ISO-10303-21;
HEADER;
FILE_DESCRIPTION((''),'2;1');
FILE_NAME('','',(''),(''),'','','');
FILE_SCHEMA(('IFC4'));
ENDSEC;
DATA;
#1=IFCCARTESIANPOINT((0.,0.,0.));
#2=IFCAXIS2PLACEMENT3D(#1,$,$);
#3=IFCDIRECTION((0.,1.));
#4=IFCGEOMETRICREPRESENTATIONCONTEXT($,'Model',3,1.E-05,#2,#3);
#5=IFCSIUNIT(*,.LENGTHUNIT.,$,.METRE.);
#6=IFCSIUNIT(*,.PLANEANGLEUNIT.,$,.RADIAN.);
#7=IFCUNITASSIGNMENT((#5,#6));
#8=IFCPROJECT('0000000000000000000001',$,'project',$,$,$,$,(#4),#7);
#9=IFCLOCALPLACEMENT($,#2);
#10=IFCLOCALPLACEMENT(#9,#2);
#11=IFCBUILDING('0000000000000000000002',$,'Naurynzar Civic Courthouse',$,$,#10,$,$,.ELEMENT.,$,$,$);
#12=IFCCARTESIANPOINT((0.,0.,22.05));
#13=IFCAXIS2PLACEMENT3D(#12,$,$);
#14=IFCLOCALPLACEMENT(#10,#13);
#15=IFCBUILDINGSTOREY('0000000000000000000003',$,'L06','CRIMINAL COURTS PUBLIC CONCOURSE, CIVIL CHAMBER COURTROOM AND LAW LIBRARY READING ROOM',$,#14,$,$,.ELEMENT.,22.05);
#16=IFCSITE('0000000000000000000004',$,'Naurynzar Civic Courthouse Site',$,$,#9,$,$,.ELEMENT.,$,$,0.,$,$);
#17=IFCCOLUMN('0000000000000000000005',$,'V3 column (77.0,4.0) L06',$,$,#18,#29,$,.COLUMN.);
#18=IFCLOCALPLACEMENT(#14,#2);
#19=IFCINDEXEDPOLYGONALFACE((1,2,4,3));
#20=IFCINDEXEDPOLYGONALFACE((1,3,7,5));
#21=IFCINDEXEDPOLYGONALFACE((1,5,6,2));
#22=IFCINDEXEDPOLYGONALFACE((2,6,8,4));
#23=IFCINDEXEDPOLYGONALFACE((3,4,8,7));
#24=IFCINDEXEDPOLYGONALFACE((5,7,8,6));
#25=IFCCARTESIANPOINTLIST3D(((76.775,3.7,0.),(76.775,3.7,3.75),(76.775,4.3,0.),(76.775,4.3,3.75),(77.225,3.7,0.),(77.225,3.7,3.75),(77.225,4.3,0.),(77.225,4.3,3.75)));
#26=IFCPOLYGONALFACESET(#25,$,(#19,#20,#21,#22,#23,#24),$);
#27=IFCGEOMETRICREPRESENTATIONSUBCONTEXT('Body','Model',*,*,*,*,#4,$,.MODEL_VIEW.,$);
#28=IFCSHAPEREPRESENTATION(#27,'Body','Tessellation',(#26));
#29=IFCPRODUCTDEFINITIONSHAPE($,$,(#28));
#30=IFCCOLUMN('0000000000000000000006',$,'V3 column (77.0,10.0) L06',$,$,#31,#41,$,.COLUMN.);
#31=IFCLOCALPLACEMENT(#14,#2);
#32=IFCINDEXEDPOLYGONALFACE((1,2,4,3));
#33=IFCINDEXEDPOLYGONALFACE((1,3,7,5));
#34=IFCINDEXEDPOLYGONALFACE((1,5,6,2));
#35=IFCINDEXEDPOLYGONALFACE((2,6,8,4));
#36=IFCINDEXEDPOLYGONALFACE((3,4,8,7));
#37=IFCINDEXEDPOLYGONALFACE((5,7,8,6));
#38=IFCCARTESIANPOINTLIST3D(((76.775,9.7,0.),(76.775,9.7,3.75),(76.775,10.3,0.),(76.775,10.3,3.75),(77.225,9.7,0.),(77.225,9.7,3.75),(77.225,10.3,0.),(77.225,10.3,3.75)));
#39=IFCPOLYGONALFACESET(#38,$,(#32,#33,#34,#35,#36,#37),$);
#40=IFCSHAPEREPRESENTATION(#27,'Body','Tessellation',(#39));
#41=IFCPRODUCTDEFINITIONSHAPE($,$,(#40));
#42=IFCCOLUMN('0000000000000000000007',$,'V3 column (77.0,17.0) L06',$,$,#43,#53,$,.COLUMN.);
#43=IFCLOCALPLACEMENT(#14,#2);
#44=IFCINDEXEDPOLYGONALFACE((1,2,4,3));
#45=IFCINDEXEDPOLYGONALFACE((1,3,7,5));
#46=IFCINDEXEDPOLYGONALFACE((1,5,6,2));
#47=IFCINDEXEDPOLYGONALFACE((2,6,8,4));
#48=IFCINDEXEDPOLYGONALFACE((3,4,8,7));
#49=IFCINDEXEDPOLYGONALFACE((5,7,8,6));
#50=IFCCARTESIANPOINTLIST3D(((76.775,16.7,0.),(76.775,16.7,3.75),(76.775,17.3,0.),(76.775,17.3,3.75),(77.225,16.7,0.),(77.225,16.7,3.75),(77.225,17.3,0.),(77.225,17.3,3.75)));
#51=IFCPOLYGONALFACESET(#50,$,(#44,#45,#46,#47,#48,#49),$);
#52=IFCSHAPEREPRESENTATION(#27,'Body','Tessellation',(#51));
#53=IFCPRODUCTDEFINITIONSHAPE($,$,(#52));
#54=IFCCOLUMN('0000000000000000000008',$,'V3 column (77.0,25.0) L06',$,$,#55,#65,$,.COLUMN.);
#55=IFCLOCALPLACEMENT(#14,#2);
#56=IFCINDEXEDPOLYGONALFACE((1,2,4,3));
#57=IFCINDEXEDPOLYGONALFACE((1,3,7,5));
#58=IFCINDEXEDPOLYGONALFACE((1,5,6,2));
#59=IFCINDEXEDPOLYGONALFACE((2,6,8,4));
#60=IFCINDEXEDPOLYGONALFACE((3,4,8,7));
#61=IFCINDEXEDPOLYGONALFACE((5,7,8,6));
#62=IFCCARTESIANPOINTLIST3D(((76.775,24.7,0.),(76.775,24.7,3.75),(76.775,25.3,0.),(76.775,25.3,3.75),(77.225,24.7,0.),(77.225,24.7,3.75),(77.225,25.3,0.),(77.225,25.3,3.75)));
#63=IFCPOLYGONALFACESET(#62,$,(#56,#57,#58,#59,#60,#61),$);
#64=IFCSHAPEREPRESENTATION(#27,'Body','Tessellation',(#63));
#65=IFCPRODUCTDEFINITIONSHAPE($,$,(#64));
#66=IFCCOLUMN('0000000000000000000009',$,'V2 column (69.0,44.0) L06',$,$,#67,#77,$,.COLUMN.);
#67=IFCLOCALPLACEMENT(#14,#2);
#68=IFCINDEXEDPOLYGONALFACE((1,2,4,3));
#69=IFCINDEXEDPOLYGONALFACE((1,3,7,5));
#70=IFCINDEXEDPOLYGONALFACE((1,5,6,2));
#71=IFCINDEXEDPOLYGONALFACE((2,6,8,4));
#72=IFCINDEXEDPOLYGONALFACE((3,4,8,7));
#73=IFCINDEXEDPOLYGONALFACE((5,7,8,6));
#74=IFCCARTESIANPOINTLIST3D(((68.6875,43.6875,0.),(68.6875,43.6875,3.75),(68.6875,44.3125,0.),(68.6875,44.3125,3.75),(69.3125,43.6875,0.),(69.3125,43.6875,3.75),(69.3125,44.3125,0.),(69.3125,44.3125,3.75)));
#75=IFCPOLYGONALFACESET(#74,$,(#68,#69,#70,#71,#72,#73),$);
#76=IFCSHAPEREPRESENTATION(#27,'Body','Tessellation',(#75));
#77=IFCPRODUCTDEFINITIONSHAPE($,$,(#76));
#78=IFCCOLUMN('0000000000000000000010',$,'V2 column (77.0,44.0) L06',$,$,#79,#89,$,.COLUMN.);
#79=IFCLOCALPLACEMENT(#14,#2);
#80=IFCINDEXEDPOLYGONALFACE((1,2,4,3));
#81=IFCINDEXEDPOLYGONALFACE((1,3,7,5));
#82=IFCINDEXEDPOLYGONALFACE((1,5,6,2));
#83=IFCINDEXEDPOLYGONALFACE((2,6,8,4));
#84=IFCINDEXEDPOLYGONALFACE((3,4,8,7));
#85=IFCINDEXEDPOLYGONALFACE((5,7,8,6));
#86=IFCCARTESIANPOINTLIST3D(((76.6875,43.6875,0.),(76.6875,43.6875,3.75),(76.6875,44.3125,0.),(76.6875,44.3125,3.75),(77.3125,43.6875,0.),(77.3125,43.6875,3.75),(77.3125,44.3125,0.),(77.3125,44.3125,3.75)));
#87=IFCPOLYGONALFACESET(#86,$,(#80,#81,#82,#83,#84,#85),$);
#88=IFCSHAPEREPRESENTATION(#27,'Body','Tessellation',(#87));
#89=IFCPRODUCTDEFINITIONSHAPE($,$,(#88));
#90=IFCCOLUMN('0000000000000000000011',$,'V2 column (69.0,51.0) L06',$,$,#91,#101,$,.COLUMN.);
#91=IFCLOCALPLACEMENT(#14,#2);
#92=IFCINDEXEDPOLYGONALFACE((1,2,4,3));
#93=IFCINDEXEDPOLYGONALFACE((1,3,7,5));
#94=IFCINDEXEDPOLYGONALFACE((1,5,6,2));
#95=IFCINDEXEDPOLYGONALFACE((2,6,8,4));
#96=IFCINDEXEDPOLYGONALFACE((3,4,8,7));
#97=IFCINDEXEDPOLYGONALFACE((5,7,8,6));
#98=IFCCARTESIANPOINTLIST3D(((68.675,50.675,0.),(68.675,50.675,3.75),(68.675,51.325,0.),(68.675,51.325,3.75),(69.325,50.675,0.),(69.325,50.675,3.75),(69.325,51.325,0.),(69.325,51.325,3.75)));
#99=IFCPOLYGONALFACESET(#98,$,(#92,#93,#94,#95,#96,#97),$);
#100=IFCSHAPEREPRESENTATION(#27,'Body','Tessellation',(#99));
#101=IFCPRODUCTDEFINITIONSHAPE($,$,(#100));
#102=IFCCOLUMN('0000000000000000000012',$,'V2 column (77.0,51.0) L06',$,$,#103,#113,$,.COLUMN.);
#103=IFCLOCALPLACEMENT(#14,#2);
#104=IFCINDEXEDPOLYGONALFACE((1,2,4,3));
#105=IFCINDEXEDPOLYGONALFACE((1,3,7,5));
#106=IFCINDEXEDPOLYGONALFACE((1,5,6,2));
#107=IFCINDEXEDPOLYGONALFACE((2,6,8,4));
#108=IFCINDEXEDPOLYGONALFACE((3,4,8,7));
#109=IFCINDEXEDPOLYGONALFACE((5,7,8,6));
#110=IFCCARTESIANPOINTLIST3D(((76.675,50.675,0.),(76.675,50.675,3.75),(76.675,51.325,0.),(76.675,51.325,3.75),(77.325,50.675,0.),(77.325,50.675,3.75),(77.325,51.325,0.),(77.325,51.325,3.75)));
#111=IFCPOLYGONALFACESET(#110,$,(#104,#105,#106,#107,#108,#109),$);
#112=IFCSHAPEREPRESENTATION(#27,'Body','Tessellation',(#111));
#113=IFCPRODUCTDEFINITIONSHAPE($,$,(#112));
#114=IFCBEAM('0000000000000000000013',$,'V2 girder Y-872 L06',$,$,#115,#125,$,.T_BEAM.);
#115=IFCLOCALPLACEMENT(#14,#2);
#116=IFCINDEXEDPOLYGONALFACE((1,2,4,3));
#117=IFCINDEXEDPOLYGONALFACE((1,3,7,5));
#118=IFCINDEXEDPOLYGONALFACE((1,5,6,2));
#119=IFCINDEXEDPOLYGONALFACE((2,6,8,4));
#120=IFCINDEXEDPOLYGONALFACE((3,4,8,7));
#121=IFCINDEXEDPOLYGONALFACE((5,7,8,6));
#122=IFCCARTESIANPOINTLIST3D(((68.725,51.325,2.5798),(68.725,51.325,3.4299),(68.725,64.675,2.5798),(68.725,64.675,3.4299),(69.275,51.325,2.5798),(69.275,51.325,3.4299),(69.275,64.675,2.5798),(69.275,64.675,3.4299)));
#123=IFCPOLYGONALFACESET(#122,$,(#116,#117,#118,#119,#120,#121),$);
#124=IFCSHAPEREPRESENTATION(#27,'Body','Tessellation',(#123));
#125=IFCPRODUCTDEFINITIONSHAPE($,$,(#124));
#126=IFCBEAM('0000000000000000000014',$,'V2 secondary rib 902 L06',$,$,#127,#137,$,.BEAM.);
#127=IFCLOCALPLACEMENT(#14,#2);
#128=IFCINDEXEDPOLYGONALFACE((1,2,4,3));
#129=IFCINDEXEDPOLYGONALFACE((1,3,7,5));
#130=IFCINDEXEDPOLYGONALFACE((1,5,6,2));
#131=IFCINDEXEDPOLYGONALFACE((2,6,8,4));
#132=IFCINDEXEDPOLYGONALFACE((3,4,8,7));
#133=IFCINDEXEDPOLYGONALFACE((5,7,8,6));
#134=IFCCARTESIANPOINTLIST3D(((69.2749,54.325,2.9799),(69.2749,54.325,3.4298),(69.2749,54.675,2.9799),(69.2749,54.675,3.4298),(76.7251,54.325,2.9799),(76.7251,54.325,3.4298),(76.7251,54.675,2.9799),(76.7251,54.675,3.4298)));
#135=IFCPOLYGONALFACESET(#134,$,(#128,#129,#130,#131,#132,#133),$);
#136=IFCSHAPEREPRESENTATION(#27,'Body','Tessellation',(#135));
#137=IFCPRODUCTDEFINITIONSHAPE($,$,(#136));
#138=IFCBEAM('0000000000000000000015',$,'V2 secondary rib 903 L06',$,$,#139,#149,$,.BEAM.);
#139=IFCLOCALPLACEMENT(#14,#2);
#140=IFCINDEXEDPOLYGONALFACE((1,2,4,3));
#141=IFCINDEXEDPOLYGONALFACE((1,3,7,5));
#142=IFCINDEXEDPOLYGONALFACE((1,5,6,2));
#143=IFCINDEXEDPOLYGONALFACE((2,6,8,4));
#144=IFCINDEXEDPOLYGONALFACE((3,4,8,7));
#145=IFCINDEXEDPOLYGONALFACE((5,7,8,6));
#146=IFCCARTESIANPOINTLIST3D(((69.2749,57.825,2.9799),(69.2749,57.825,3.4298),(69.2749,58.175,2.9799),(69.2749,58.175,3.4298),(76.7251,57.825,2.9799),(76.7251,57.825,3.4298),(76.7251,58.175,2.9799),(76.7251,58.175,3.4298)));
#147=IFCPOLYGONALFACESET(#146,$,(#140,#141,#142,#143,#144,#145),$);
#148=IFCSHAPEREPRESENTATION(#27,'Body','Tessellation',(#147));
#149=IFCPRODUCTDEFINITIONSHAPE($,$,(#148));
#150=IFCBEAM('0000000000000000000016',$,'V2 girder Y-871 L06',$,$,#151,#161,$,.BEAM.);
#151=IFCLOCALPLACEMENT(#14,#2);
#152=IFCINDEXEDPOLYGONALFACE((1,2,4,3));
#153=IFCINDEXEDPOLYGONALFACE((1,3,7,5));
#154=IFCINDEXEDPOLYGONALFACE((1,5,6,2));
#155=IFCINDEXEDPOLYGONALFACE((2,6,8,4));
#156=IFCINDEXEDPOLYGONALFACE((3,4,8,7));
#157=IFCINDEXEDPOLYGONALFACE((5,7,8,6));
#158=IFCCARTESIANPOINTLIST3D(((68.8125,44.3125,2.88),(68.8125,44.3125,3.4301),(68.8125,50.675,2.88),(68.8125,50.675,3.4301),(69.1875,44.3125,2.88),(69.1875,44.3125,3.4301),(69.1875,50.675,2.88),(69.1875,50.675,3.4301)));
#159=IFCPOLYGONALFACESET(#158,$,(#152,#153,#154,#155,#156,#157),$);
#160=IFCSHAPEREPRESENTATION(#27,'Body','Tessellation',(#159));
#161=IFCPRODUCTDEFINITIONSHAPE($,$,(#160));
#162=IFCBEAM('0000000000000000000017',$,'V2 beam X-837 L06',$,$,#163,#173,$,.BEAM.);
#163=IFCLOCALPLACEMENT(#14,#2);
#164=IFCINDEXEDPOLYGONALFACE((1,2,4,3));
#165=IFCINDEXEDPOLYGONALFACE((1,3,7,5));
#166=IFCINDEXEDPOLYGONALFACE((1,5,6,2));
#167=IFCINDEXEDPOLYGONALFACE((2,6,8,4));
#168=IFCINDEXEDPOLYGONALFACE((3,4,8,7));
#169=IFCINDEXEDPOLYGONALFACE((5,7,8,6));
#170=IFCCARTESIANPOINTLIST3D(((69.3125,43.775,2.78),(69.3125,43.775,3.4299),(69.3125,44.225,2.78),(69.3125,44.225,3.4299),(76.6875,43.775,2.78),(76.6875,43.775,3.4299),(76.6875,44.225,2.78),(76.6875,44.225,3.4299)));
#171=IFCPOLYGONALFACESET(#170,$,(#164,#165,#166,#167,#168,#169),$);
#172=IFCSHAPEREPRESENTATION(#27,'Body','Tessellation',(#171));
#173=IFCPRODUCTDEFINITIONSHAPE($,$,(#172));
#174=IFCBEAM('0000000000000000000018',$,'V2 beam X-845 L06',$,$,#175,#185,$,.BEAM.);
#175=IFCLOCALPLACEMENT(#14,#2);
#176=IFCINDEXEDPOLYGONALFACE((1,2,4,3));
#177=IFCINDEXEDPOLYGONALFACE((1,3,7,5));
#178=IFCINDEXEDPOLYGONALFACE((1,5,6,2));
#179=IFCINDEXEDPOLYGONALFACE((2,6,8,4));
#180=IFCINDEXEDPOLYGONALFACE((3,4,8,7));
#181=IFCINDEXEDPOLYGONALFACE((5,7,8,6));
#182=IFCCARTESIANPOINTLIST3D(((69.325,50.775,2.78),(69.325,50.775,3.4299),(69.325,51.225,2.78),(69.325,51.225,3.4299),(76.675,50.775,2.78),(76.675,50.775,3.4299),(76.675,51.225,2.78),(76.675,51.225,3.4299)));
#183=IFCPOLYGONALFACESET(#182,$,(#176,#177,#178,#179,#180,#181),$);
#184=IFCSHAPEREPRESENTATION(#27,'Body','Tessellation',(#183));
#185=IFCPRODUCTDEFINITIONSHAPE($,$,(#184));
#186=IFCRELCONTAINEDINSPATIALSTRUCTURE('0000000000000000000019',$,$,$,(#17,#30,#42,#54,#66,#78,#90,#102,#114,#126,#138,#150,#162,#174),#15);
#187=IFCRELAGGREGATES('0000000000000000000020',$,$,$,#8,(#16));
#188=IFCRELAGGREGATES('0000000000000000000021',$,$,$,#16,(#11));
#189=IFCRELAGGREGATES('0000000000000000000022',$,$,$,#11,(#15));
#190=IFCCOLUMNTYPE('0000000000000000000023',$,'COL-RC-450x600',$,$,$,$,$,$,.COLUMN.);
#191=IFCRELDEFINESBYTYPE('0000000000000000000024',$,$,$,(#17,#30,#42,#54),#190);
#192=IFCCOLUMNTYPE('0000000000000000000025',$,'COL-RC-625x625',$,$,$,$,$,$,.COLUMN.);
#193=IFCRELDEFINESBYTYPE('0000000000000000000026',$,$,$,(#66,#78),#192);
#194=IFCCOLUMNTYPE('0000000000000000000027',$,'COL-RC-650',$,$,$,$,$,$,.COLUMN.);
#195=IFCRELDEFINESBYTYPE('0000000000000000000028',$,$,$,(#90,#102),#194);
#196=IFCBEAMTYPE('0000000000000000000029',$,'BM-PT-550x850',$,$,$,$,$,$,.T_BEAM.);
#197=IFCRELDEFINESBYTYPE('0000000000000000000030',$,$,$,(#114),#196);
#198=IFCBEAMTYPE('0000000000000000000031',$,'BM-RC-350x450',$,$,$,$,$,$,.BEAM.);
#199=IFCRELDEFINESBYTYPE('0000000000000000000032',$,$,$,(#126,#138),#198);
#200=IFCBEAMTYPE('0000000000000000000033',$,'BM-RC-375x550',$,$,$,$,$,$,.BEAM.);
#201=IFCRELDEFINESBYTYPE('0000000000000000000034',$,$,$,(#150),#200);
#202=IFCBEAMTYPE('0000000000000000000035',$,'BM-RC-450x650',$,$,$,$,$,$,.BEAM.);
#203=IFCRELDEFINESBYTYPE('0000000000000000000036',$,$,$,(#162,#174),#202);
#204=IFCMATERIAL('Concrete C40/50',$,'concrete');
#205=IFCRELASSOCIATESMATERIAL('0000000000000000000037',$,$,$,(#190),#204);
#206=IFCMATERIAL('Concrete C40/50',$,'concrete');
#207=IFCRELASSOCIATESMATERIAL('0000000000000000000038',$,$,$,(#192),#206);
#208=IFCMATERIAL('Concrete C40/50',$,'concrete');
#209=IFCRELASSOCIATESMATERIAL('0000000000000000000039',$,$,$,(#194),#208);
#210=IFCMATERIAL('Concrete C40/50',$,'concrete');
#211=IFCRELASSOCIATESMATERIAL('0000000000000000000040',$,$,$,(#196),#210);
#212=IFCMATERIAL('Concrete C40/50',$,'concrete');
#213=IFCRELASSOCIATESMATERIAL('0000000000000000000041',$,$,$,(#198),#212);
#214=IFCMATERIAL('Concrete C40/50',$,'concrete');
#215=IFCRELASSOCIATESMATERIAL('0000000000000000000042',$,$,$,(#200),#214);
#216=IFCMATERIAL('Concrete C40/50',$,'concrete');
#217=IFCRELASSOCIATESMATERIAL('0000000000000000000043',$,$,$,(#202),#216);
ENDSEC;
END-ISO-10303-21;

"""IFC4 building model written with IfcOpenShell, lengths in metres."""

from ifc_helpers import new_model, si_unit, direction, frame, origin, origin_2d, place, context, subcontext, project, spatial, rectangle, extrude, material, material_profile, profile_set, type_object, element, save


model = new_model("IFC4")

# Units and contexts
model_context = context("Model", 3, precision=1e-05, world=origin(), true_north=direction((0.0, 1.0)))
body_context = subcontext(model_context, "Body", "Model", "MODEL_VIEW")
ifc_project = project(units=[si_unit("LENGTHUNIT", "METRE"), si_unit("PLANEANGLEUNIT", "RADIAN")], contexts=[model_context])

# Site, building, storey
site_placement = place(None, origin())
site = spatial("IfcSite", under=ifc_project, at=site_placement, Name="Naurynzar Civic Courthouse Site", CompositionType="ELEMENT", RefElevation=0.0)
building_placement = place(site_placement, origin())
building = spatial("IfcBuilding", under=site, at=building_placement, Name="Naurynzar Civic Courthouse", CompositionType="ELEMENT")
storey_placement = place(building_placement, frame((0.0, 0.0, 22.05)))
storey = spatial("IfcBuildingStorey", under=building, at=storey_placement, Name="L06", Description="CRIMINAL COURTS PUBLIC CONCOURSE, CIVIL CHAMBER COURTROOM AND LAW LIBRARY READING ROOM", CompositionType="ELEMENT", Elevation=22.05)

# Columns
ifc_material_1 = material(Name="Concrete C40/50", Category="concrete")
ifc_material_profile_1 = material_profile(ifc_material_1, rectangle(XDim=0.45, YDim=0.6001, at=origin_2d()), Name="RC 450x600")
ifc_profile_set_1 = profile_set([ifc_material_profile_1], Name="Concrete C40/50")
column_type_1 = type_object("IfcColumnType", Name="COL-RC-450x600", PredefinedType="COLUMN", material=ifc_profile_set_1)
for number, where, z_axis, x_axis, name in (
    (1, (77.0, 4.0, 0.0), (0.0, 0.0, 1.0), (1.0, 0.0, 0.0), "V3 column (77.0,4.0) L06"),
    (2, (77.0, 10.0, 0.0), (0.0, 0.0, 1.0), (1.0, 0.0, 0.0), "V3 column (77.0,10.0) L06"),
    (3, (77.0, 17.0, 0.0), (0.0, 0.0, 1.0), (1.0, 0.0, 0.0), "V3 column (77.0,17.0) L06"),
    (4, (77.0, 25.0, 0.0), (0.0, 0.0, 1.0), (1.0, 0.0, 0.0), "V3 column (77.0,25.0) L06"),
):
    element("IfcColumn", number, at=place(storey_placement, frame(where, z_axis=z_axis, x_axis=x_axis)), inside=storey, type_object=column_type_1, Name=name, PredefinedType="COLUMN", context=body_context, shape_type="SweptSolid", body=[
        extrude(rectangle(XDim=0.45, YDim=0.6001, at=origin_2d()), origin(), (0.0, 0.0, 1.0), 3.75),
    ])
ifc_material_2 = material(Name="Concrete C40/50", Category="concrete")
ifc_material_profile_2 = material_profile(ifc_material_2, rectangle(XDim=0.625, YDim=0.625, at=origin_2d()), Name="RC 625x625")
ifc_profile_set_2 = profile_set([ifc_material_profile_2], Name="Concrete C40/50")
column_type_2 = type_object("IfcColumnType", Name="COL-RC-625x625", PredefinedType="COLUMN", material=ifc_profile_set_2)
for number, where, z_axis, x_axis, name in (
    (5, (69.0, 44.0, 0.0), (0.0, 0.0, 1.0), (1.0, 0.0, 0.0), "V2 column (69.0,44.0) L06"),
    (6, (77.0, 44.0, 0.0), (0.0, 0.0, 1.0), (1.0, 0.0, 0.0), "V2 column (77.0,44.0) L06"),
):
    element("IfcColumn", number, at=place(storey_placement, frame(where, z_axis=z_axis, x_axis=x_axis)), inside=storey, type_object=column_type_2, Name=name, PredefinedType="COLUMN", context=body_context, shape_type="SweptSolid", body=[
        extrude(rectangle(XDim=0.625, YDim=0.625, at=origin_2d()), origin(), (0.0, 0.0, 1.0), 3.75),
    ])
ifc_material_3 = material(Name="Concrete C40/50", Category="concrete")
ifc_material_profile_3 = material_profile(ifc_material_3, rectangle(XDim=0.6499, YDim=0.6499, at=origin_2d()), Name="RC 650x650")
ifc_profile_set_3 = profile_set([ifc_material_profile_3], Name="Concrete C40/50")
column_type_3 = type_object("IfcColumnType", Name="COL-RC-650", PredefinedType="COLUMN", material=ifc_profile_set_3)
for number, where, z_axis, x_axis, name in (
    (7, (69.0, 51.0, 0.0), (0.0, 0.0, 1.0), (1.0, 0.0, 0.0), "V2 column (69.0,51.0) L06"),
    (8, (77.0, 51.0, 0.0), (0.0, 0.0, 1.0), (1.0, 0.0, 0.0), "V2 column (77.0,51.0) L06"),
):
    element("IfcColumn", number, at=place(storey_placement, frame(where, z_axis=z_axis, x_axis=x_axis)), inside=storey, type_object=column_type_3, Name=name, PredefinedType="COLUMN", context=body_context, shape_type="SweptSolid", body=[
        extrude(rectangle(XDim=0.6499, YDim=0.6499, at=origin_2d()), origin(), (0.0, 0.0, 1.0), 3.75),
    ])

# Beams
ifc_material_4 = material(Name="Concrete C40/50", Category="concrete")
ifc_material_profile_4 = material_profile(ifc_material_4, rectangle(XDim=0.55, YDim=0.8501, at=origin_2d()), Name="PTB 550x850")
ifc_profile_set_4 = profile_set([ifc_material_profile_4], Name="Concrete C40/50")
beam_type_1 = type_object("IfcBeamType", Name="BM-PT-550x850", PredefinedType="T_BEAM", material=ifc_profile_set_4)
beam_1_placement = place(storey_placement, frame((69.0, 51.325, 3.0049), z_axis=(0.0, 1.0, 0.0), x_axis=(-1.0, 0.0, 0.0)))
element("IfcBeam", 9, at=beam_1_placement, inside=storey, type_object=beam_type_1, Name="V2 girder Y-872 L06", PredefinedType="T_BEAM", context=body_context, shape_type="SweptSolid", body=[
    extrude(rectangle(XDim=0.55, YDim=0.8501, at=origin_2d()), origin(), (0.0, 0.0, 1.0), 13.3501),
])
ifc_material_5 = material(Name="Concrete C40/50", Category="concrete")
ifc_material_profile_5 = material_profile(ifc_material_5, rectangle(XDim=0.3501, YDim=0.45, at=origin_2d()), Name="RCB 350x450")
ifc_profile_set_5 = profile_set([ifc_material_profile_5], Name="Concrete C40/50")
beam_type_2 = type_object("IfcBeamType", Name="BM-RC-350x450", PredefinedType="BEAM", material=ifc_profile_set_5)
for number, where, z_axis, x_axis, name in (
    (10, (69.2749, 54.5, 3.2048), (1.0, 0.0, 0.0), (0.0, 1.0, 0.0), "V2 secondary rib 902 L06"),
    (11, (69.2749, 58.0, 3.2048), (1.0, 0.0, 0.0), (0.0, 1.0, 0.0), "V2 secondary rib 903 L06"),
):
    element("IfcBeam", number, at=place(storey_placement, frame(where, z_axis=z_axis, x_axis=x_axis)), inside=storey, type_object=beam_type_2, Name=name, PredefinedType="BEAM", context=body_context, shape_type="SweptSolid", body=[
        extrude(rectangle(XDim=0.3501, YDim=0.45, at=origin_2d()), origin(), (0.0, 0.0, 1.0), 7.4502),
    ])
ifc_material_6 = material(Name="Concrete C40/50", Category="concrete")
ifc_material_profile_6 = material_profile(ifc_material_6, rectangle(XDim=0.375, YDim=0.55, at=origin_2d()), Name="RCB 375x550")
ifc_profile_set_6 = profile_set([ifc_material_profile_6], Name="Concrete C40/50")
beam_type_3 = type_object("IfcBeamType", Name="BM-RC-375x550", PredefinedType="BEAM", material=ifc_profile_set_6)
beam_2_placement = place(storey_placement, frame((69.0, 44.3125, 3.155), z_axis=(0.0, 1.0, 0.0), x_axis=(-1.0, 0.0, 0.0)))
element("IfcBeam", 12, at=beam_2_placement, inside=storey, type_object=beam_type_3, Name="V2 girder Y-871 L06", PredefinedType="BEAM", context=body_context, shape_type="SweptSolid", body=[
    extrude(rectangle(XDim=0.375, YDim=0.55, at=origin_2d()), origin(), (0.0, 0.0, 1.0), 6.3625),
])
ifc_material_7 = material(Name="Concrete C40/50", Category="concrete")
ifc_material_profile_7 = material_profile(ifc_material_7, rectangle(XDim=0.45, YDim=0.6499, at=origin_2d()), Name="RCB 450x650")
ifc_profile_set_7 = profile_set([ifc_material_profile_7], Name="Concrete C40/50")
beam_type_4 = type_object("IfcBeamType", Name="BM-RC-450x650", PredefinedType="BEAM", material=ifc_profile_set_7)
beam_3_placement = place(storey_placement, frame((69.3125, 44.0, 3.105), z_axis=(1.0, 0.0, 0.0), x_axis=(0.0, 1.0, 0.0)))
element("IfcBeam", 13, at=beam_3_placement, inside=storey, type_object=beam_type_4, Name="V2 beam X-837 L06", PredefinedType="BEAM", context=body_context, shape_type="SweptSolid", body=[
    extrude(rectangle(XDim=0.45, YDim=0.6499, at=origin_2d()), origin(), (0.0, 0.0, 1.0), 7.375),
])
beam_4_placement = place(storey_placement, frame((69.325, 51.0, 3.105), z_axis=(1.0, 0.0, 0.0), x_axis=(0.0, 1.0, 0.0)))
element("IfcBeam", 14, at=beam_4_placement, inside=storey, type_object=beam_type_4, Name="V2 beam X-845 L06", PredefinedType="BEAM", context=body_context, shape_type="SweptSolid", body=[
    extrude(rectangle(XDim=0.45, YDim=0.6499, at=origin_2d()), origin(), (0.0, 0.0, 1.0), 7.3501),
])

save(model, "model.ifc")
